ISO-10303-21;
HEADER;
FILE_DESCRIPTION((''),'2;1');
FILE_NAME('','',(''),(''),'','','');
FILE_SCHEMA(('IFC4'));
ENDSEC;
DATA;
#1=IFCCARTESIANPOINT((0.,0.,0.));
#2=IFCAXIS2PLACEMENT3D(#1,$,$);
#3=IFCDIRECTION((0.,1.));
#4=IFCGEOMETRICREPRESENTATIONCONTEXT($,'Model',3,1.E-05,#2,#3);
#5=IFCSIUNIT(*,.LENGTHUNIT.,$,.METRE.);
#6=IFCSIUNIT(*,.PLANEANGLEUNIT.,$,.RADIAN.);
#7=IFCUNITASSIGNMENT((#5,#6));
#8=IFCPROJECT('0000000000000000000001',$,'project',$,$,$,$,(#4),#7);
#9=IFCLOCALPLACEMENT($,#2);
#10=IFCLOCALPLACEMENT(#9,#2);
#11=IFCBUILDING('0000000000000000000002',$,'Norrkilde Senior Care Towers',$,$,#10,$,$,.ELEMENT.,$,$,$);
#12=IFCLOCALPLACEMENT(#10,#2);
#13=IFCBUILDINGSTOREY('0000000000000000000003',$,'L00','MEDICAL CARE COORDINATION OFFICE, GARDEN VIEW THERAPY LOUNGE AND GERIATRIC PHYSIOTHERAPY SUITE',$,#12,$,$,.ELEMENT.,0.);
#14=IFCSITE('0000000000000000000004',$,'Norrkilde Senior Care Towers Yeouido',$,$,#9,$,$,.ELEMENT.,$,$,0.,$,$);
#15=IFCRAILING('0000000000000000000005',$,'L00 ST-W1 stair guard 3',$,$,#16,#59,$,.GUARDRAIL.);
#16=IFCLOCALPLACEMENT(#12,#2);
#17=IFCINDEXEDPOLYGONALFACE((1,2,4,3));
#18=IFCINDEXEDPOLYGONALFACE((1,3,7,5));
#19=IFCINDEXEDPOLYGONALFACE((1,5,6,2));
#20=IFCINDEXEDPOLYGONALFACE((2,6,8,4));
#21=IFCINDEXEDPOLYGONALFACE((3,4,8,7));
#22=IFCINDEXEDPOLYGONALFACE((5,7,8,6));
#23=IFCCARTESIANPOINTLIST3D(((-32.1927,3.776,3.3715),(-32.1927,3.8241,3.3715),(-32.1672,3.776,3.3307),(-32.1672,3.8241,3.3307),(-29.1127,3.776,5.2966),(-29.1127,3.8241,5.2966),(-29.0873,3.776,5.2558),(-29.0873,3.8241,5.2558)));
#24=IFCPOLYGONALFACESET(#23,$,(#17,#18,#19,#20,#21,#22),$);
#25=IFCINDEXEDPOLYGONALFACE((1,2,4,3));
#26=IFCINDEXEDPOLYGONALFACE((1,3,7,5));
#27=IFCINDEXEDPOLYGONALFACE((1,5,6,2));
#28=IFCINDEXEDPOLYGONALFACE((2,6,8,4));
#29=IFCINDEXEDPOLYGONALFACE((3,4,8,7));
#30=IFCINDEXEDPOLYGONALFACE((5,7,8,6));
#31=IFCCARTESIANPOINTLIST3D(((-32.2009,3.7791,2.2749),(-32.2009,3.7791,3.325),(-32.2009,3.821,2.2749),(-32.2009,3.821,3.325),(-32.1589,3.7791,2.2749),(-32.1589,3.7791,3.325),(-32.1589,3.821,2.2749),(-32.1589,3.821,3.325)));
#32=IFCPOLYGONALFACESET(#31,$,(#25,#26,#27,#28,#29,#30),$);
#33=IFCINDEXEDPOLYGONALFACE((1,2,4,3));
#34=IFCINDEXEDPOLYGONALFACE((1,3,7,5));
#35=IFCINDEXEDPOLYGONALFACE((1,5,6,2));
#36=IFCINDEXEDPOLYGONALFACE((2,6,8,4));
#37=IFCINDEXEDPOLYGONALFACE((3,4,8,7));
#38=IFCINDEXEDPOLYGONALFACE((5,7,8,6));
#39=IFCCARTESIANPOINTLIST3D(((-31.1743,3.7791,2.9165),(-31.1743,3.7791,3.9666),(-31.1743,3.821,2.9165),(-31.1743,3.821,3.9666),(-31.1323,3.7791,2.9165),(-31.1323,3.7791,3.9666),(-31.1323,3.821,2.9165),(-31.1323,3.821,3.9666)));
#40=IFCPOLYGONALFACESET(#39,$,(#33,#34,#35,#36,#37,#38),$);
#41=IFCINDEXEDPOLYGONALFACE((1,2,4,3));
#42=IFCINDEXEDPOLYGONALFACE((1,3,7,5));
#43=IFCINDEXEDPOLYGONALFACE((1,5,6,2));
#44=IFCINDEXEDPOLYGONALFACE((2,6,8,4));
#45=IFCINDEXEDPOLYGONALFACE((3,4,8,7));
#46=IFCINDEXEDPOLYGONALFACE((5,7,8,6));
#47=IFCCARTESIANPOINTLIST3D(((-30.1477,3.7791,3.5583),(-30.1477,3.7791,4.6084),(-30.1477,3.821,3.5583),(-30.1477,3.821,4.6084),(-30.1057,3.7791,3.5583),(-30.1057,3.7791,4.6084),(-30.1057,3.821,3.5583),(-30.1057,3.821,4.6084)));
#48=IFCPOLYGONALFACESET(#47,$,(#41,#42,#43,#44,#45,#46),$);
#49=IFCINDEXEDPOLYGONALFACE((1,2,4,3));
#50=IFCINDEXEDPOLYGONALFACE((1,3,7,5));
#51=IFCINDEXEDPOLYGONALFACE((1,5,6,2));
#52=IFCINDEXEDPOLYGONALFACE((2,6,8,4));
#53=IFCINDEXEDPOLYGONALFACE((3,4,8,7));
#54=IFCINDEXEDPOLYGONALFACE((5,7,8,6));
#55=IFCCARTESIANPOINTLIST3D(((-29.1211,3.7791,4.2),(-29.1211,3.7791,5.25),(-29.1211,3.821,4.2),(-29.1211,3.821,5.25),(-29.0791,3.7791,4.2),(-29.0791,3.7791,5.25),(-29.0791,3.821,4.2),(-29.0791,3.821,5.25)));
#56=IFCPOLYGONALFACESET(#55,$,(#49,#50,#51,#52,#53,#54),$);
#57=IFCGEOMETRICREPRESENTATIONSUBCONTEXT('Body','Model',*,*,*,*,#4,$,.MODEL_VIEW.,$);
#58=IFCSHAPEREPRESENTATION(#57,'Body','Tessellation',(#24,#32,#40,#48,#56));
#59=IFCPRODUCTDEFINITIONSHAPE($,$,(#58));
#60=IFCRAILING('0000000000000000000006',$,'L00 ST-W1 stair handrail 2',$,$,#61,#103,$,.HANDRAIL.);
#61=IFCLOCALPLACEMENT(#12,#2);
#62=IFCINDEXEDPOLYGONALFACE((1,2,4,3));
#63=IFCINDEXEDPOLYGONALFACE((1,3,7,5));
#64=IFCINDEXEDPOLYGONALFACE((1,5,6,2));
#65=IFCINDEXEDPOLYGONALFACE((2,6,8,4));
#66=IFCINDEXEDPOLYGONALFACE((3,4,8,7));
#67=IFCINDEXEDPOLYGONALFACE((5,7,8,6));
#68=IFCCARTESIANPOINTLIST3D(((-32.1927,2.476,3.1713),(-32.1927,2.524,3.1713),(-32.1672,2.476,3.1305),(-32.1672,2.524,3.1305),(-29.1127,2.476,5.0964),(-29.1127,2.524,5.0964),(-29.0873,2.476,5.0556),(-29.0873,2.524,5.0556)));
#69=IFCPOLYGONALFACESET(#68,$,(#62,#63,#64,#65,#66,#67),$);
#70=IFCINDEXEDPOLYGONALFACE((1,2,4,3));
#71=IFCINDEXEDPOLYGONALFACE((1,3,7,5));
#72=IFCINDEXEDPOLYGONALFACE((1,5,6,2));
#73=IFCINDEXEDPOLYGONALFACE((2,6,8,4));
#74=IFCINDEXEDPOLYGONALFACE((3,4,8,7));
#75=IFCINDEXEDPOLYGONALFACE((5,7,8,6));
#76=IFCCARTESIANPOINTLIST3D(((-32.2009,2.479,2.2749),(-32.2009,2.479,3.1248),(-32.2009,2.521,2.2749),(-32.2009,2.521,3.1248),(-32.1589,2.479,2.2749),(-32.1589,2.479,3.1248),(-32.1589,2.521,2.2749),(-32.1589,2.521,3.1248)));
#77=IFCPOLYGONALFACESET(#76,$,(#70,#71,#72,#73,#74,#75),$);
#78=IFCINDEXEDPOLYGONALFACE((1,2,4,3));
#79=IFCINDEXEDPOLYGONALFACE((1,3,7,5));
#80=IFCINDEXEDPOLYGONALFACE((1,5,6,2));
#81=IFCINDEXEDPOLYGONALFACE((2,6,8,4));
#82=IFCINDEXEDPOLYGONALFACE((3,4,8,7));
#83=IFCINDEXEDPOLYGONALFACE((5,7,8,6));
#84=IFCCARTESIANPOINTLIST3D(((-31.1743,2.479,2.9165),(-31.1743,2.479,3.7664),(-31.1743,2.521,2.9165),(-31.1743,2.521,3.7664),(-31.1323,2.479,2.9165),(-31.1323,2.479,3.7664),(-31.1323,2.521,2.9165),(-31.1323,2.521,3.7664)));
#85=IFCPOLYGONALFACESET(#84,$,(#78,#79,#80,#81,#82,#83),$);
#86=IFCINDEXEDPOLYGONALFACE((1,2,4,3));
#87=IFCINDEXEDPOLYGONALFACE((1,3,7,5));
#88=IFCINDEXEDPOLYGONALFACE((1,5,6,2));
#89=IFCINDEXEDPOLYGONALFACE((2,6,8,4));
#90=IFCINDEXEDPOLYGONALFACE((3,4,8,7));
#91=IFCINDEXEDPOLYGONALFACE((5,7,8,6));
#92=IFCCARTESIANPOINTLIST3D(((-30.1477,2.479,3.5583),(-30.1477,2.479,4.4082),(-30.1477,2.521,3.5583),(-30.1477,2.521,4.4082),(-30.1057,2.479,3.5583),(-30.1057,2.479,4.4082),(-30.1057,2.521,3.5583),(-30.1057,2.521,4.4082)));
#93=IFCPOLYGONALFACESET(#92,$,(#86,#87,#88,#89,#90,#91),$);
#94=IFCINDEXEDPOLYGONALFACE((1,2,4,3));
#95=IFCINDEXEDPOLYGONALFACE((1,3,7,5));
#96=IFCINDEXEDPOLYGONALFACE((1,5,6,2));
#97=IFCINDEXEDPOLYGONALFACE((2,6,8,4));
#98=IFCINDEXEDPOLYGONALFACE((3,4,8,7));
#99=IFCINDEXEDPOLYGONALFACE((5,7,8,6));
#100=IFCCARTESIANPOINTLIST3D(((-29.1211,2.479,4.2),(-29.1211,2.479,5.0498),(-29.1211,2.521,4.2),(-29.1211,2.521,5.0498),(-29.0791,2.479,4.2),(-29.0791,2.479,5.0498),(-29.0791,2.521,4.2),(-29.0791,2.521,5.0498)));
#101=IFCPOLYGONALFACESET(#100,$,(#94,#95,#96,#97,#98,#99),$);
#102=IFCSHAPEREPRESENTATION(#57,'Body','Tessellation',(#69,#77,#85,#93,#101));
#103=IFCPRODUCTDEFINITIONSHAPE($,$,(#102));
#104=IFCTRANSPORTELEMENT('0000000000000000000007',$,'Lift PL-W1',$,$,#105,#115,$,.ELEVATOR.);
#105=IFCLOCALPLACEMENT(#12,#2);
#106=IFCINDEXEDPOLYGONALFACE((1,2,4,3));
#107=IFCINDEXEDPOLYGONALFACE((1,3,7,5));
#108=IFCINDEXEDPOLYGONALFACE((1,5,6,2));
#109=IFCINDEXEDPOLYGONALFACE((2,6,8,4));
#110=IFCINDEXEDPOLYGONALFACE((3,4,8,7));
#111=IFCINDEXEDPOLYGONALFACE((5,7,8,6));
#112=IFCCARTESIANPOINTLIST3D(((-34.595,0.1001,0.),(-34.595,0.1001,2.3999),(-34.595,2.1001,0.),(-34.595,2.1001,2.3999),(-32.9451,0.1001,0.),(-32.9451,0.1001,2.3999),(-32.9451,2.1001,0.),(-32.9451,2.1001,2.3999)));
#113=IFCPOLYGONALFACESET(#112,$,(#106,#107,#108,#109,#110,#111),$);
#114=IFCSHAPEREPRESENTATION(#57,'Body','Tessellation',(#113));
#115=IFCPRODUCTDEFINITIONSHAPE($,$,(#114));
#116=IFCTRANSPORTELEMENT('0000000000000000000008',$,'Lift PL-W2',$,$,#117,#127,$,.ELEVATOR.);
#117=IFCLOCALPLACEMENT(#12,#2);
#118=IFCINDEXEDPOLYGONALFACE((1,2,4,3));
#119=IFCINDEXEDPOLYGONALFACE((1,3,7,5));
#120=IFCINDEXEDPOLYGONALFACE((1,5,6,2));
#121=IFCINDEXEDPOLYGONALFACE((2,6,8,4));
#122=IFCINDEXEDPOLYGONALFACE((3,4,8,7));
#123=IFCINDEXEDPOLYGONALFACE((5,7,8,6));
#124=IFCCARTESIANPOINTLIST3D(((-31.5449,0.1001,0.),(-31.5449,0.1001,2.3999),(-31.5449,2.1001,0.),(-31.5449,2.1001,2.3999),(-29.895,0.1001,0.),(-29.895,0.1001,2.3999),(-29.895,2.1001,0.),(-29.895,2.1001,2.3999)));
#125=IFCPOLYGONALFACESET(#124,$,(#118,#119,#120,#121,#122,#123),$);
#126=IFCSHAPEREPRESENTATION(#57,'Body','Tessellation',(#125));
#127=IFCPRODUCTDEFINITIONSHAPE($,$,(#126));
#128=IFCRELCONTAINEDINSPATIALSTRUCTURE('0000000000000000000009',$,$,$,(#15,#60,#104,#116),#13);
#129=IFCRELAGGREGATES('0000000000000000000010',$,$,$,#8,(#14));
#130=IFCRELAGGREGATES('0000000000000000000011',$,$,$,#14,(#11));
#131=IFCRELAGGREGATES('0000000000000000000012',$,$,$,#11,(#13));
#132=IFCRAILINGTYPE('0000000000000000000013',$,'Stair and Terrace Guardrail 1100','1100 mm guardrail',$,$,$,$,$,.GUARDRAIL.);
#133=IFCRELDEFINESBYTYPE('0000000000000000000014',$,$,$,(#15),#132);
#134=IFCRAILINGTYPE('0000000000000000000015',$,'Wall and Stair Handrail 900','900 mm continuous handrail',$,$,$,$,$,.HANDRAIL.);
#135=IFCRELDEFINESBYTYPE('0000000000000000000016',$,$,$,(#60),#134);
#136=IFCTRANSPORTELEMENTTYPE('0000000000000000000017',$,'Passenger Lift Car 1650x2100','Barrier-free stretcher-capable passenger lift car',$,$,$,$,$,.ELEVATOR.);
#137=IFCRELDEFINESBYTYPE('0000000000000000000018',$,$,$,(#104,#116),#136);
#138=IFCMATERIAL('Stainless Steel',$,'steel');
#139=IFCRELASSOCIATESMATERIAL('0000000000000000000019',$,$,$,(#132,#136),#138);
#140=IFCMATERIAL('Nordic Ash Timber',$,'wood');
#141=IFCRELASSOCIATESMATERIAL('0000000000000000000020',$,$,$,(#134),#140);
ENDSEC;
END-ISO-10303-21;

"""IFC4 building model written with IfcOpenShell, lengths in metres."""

from ifc_helpers import new_model, si_unit, direction, frame, origin, origin_2d, place, context, subcontext, project, spatial, rectangle, extrude, source, transform, mapped, material, type_object, type_shapes, element, save


model = new_model("IFC4")

# Units and contexts
model_context = context("Model", 3, precision=1e-05, world=origin(), true_north=direction((0.0, 1.0)))
body_context = subcontext(model_context, "Body", "Model", "MODEL_VIEW")
ifc_project = project(units=[si_unit("LENGTHUNIT", "METRE"), si_unit("PLANEANGLEUNIT", "RADIAN")], contexts=[model_context])

# Site, building, storey
site_placement = place(None, origin())
site = spatial("IfcSite", under=ifc_project, at=site_placement, Name="Norrkilde Senior Care Towers Yeouido", CompositionType="ELEMENT", RefElevation=0.0)
building_placement = place(site_placement, origin())
building = spatial("IfcBuilding", under=site, at=building_placement, Name="Norrkilde Senior Care Towers", CompositionType="ELEMENT")
storey_placement = place(building_placement, origin())
storey = spatial("IfcBuildingStorey", under=building, at=storey_placement, Name="L00", Description="MEDICAL CARE COORDINATION OFFICE, GARDEN VIEW THERAPY LOUNGE AND GERIATRIC PHYSIOTHERAPY SUITE", CompositionType="ELEMENT", Elevation=0.0)

# Railings
ifc_material_1 = material(Name="Stainless Steel", Category="steel")
railing_type_1 = type_object("IfcRailingType", Name="Stair and Terrace Guardrail 1100", Description="1100 mm guardrail", PredefinedType="GUARDRAIL", material=ifc_material_1)
railing_1_placement = place(storey_placement, frame((-32.1799, 3.8, 2.2749)))
element("IfcRailing", 1, at=railing_1_placement, inside=storey, type_object=railing_type_1, Name="L00 ST-W1 stair guard 3", PredefinedType="GUARDRAIL", context=body_context, shape_type="SweptSolid", body=[
    extrude(rectangle(XDim=0.0481, YDim=0.0481, at=origin_2d()), frame((0.0, 0.0, 1.0762), z_axis=(0.847979, 0.0, 0.530029), x_axis=(0.0, 1.0, 0.0)), (0.0, 0.0, 1.0), 3.6321),
    extrude(rectangle(XDim=0.042, YDim=0.042, at=origin_2d()), origin(), (0.0, 0.0, 1.0), 1.05),
    extrude(rectangle(XDim=0.042, YDim=0.042, at=origin_2d()), frame((1.0266, 0.0, 0.6416)), (0.0, 0.0, 1.0), 1.05),
    extrude(rectangle(XDim=0.042, YDim=0.042, at=origin_2d()), frame((2.0532, 0.0, 1.2834)), (0.0, 0.0, 1.0), 1.05),
    extrude(rectangle(XDim=0.042, YDim=0.042, at=origin_2d()), frame((3.0798, 0.0, 1.925)), (0.0, 0.0, 1.0), 1.05),
])
ifc_material_2 = material(Name="Nordic Ash Timber", Category="wood")
railing_type_2 = type_object("IfcRailingType", Name="Wall and Stair Handrail 900", Description="900 mm continuous handrail", PredefinedType="HANDRAIL", material=ifc_material_2)
railing_2_placement = place(storey_placement, frame((-32.1799, 2.5, 2.2749)))
element("IfcRailing", 2, at=railing_2_placement, inside=storey, type_object=railing_type_2, Name="L00 ST-W1 stair handrail 2", PredefinedType="HANDRAIL", context=body_context, shape_type="SweptSolid", body=[
    extrude(rectangle(XDim=0.0481, YDim=0.0481, at=origin_2d()), frame((0.0, 0.0, 0.876), z_axis=(0.847979, 0.0, 0.530029), x_axis=(0.0, 1.0, 0.0)), (0.0, 0.0, 1.0), 3.6321),
    extrude(rectangle(XDim=0.042, YDim=0.042, at=origin_2d()), origin(), (0.0, 0.0, 1.0), 0.8499),
    extrude(rectangle(XDim=0.042, YDim=0.042, at=origin_2d()), frame((1.0266, 0.0, 0.6416)), (0.0, 0.0, 1.0), 0.8499),
    extrude(rectangle(XDim=0.042, YDim=0.042, at=origin_2d()), frame((2.0532, 0.0, 1.2834)), (0.0, 0.0, 1.0), 0.8499),
    extrude(rectangle(XDim=0.042, YDim=0.042, at=origin_2d()), frame((3.0798, 0.0, 1.925)), (0.0, 0.0, 1.0), 0.8499),
])

# Transport elements
transport_element_type = type_object("IfcTransportElementType", Name="Passenger Lift Car 1650x2100", Description="Barrier-free stretcher-capable passenger lift car", PredefinedType="ELEVATOR", material=ifc_material_1)
shared_shape_1 = source(origin(), body_context, "Body", "SweptSolid", [
    extrude(rectangle(XDim=1.6499, YDim=2.0, at=origin_2d()), origin(), (0.0, 0.0, 1.0), 2.3999),
])
type_shapes(transport_element_type, [shared_shape_1])
for number, where, z_axis, x_axis, name in (
    (3, (-33.77, 1.1001, 0.0), (0.0, 0.0, 1.0), (1.0, 0.0, 0.0), "Lift PL-W1"),
    (4, (-30.72, 1.1001, 0.0), (0.0, 0.0, 1.0), (1.0, 0.0, 0.0), "Lift PL-W2"),
):
    element("IfcTransportElement", number, at=place(storey_placement, frame(where, z_axis=z_axis, x_axis=x_axis)), inside=storey, type_object=transport_element_type, Name=name, PredefinedType="ELEVATOR", context=body_context, shape_type="MappedRepresentation", body=[
        mapped(shared_shape_1, transform((0.0, 0.0, 0.0), x_axis=(1.0, 0.0, 0.0), y_axis=(0.0, 1.0, 0.0), z_axis=(0.0, 0.0, 1.0), scale=1.0)),
    ])

save(model, "model.ifc")
